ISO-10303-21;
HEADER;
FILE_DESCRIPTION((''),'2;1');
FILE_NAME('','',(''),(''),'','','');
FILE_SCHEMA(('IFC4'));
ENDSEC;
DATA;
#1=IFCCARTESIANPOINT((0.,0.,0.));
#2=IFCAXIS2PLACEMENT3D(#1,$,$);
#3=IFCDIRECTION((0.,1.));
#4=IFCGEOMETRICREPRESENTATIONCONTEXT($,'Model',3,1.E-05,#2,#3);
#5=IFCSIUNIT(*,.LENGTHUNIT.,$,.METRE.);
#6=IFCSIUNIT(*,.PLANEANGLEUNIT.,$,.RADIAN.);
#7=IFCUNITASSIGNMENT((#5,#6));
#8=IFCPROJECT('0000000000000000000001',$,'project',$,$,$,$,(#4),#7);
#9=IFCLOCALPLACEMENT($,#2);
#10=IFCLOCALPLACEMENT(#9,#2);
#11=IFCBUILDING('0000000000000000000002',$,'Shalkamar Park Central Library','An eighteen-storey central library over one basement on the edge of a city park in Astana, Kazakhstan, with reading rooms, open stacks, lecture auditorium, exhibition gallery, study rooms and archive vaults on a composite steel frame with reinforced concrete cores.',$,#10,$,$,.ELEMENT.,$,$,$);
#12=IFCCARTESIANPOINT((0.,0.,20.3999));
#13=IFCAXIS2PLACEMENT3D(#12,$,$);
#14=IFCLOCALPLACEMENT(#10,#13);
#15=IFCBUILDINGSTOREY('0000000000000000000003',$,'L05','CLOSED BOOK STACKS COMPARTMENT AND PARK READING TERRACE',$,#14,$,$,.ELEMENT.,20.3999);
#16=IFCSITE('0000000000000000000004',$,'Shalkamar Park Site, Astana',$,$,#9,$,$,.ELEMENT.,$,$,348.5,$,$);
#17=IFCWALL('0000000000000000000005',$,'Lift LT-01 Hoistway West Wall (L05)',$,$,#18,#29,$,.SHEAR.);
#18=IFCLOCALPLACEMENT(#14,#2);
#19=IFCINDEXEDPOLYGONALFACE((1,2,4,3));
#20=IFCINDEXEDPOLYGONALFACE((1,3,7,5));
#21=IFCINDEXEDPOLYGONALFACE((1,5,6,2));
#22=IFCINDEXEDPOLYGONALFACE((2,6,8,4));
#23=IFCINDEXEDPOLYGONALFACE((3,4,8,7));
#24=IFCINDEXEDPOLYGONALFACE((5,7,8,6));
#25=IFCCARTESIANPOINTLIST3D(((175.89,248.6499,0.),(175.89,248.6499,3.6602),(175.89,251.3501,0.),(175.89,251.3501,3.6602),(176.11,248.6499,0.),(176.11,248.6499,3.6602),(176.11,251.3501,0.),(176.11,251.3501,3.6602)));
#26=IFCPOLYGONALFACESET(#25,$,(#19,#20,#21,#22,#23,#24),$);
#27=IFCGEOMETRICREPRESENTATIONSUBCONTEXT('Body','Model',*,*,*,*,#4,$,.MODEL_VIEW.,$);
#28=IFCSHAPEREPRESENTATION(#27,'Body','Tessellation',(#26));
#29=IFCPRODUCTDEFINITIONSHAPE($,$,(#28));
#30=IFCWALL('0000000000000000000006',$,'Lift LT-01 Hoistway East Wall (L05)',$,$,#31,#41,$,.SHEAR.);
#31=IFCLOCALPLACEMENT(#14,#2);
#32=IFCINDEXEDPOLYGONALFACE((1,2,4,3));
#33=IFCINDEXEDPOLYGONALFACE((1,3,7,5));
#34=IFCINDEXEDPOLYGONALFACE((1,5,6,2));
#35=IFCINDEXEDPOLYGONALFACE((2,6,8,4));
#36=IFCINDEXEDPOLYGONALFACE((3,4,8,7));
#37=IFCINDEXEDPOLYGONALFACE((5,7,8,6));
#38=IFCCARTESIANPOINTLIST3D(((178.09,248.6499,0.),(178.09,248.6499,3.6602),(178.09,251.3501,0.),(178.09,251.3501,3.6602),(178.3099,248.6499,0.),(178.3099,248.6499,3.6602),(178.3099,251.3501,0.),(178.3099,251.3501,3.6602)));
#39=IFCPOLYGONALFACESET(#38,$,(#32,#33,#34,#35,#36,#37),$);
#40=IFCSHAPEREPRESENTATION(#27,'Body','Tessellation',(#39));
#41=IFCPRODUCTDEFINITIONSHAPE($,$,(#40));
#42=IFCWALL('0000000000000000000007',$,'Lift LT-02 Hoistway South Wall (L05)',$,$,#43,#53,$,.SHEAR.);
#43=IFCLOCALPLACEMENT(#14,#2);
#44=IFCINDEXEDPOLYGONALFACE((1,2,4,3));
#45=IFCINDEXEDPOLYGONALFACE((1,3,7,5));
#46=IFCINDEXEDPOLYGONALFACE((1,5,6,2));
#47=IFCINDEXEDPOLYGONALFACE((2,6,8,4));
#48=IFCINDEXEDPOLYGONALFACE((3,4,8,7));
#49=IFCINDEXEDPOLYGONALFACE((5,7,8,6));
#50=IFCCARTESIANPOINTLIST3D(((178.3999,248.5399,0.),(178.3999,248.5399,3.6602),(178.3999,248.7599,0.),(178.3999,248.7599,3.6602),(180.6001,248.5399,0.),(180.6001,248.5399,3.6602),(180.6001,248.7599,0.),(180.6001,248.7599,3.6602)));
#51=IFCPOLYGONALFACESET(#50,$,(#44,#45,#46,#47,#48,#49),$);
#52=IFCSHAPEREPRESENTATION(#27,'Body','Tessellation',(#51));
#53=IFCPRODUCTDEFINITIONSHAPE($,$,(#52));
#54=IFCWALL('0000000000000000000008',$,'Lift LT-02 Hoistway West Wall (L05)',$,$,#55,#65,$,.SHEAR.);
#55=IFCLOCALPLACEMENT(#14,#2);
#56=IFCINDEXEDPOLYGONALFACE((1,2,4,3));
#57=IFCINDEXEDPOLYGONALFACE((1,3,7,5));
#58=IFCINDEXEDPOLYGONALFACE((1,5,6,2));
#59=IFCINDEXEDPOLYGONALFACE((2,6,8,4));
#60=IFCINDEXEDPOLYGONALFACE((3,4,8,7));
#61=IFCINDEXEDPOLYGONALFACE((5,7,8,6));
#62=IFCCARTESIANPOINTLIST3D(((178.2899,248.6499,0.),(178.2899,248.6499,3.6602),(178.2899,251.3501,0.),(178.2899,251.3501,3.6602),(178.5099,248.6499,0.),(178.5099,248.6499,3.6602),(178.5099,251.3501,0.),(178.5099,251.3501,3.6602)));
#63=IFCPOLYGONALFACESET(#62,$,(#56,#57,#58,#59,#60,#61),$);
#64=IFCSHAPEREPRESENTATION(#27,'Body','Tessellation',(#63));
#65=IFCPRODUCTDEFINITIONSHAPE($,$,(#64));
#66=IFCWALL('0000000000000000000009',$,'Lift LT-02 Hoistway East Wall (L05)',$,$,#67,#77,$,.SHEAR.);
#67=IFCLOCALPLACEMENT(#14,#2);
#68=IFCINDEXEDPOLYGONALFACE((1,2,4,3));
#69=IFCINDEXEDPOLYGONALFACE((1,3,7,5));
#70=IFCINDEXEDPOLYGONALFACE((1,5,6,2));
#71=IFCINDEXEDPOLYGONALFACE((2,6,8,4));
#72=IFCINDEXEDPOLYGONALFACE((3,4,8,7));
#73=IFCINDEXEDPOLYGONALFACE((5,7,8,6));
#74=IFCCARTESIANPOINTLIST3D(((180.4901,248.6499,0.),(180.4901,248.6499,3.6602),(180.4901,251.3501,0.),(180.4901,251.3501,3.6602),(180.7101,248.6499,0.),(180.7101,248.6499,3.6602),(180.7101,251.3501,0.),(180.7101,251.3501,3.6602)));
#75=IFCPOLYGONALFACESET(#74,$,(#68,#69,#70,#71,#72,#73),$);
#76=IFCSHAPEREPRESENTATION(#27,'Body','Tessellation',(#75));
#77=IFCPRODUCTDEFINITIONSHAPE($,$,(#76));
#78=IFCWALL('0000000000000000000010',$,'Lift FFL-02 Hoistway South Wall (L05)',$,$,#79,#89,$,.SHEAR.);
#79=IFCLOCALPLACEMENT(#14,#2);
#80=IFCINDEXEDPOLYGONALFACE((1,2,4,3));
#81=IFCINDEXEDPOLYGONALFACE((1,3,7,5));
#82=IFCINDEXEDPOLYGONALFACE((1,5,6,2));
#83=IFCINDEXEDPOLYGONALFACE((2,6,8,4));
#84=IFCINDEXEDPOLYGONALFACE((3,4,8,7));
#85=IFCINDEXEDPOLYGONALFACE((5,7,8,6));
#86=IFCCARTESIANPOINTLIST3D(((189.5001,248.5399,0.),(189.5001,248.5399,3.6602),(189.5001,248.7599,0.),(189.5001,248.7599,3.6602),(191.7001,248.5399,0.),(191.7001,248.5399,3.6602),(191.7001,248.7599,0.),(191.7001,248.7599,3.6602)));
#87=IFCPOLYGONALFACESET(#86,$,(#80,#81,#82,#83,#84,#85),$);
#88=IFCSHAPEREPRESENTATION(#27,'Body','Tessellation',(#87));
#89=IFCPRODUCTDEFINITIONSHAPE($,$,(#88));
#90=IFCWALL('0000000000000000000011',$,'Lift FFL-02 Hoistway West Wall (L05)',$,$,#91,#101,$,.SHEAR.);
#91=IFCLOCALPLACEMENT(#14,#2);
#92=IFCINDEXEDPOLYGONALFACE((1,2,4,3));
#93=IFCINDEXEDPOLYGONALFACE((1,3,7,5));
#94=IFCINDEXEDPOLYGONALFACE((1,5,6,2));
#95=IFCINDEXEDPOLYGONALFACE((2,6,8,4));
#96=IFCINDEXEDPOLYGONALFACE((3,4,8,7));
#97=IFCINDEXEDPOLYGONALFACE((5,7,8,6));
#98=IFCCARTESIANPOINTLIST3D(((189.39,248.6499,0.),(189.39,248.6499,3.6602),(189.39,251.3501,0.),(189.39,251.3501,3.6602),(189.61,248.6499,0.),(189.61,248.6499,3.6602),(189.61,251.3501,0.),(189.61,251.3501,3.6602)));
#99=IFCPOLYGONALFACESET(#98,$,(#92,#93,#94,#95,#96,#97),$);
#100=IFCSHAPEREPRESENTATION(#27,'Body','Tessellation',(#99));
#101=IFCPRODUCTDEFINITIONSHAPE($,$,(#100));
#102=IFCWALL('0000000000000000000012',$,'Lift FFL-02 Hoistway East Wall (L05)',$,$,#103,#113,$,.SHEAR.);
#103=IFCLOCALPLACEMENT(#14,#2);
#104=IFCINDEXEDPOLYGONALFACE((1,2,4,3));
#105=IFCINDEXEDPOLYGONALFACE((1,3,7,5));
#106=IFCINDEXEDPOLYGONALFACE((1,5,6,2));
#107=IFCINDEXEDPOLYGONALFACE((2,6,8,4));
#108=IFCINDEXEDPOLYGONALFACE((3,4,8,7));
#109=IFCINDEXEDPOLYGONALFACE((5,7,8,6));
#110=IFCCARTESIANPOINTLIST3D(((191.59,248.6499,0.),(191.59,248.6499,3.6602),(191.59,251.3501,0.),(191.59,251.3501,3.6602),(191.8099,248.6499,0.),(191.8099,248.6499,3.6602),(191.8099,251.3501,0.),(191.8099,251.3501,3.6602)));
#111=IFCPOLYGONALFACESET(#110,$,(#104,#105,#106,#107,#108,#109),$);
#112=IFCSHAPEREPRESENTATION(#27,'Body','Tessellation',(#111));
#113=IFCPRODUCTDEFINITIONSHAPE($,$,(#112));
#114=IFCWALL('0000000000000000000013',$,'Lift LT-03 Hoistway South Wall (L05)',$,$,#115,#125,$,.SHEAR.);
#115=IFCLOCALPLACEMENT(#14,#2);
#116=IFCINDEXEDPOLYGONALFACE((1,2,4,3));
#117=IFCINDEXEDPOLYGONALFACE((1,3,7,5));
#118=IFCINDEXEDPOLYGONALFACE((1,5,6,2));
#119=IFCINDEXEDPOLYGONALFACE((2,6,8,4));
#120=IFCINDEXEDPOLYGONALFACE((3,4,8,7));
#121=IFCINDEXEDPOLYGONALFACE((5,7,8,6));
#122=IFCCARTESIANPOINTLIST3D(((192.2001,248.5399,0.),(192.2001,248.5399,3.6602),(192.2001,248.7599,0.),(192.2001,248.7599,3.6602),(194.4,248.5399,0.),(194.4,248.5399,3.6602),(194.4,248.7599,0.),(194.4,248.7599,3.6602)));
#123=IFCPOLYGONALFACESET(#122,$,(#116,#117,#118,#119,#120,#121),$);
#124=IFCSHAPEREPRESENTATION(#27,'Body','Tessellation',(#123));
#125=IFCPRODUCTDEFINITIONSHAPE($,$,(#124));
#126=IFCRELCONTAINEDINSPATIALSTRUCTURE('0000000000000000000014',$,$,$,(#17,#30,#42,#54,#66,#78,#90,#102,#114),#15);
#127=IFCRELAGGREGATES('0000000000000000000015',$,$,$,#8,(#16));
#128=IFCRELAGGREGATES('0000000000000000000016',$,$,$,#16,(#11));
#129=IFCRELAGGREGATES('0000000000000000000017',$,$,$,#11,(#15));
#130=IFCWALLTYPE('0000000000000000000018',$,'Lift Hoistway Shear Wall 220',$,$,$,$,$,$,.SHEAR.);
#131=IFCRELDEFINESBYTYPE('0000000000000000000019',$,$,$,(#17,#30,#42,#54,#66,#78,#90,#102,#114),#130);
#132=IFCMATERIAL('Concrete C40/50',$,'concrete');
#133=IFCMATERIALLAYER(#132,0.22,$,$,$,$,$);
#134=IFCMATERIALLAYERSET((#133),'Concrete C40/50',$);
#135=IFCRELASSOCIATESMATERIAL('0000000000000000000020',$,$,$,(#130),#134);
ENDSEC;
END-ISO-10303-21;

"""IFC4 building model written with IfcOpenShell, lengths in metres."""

from ifc_helpers import new_model, si_unit, direction, frame, frame_2d, origin, place, context, subcontext, project, spatial, rectangle, extrude, material, layer, layer_set, type_object, element, save


model = new_model("IFC4")

# Units and contexts
model_context = context("Model", 3, precision=1e-05, world=origin(), true_north=direction((0.0, 1.0)))
body_context = subcontext(model_context, "Body", "Model", "MODEL_VIEW")
ifc_project = project(units=[si_unit("LENGTHUNIT", "METRE"), si_unit("PLANEANGLEUNIT", "RADIAN")], contexts=[model_context])

# Site, building, storey
site_placement = place(None, origin())
site = spatial("IfcSite", under=ifc_project, at=site_placement, Name="Shalkamar Park Site, Astana", CompositionType="ELEMENT", RefElevation=348.5)
building_placement = place(site_placement, origin())
building = spatial("IfcBuilding", under=site, at=building_placement, Name="Shalkamar Park Central Library", Description="An eighteen-storey central library over one basement on the edge of a city park in Astana, Kazakhstan, with reading rooms, open stacks, lecture auditorium, exhibition gallery, study rooms and archive vaults on a composite steel frame with reinforced concrete cores.", CompositionType="ELEMENT")
storey_placement = place(building_placement, frame((0.0, 0.0, 20.3999)))
storey = spatial("IfcBuildingStorey", under=building, at=storey_placement, Name="L05", Description="CLOSED BOOK STACKS COMPARTMENT AND PARK READING TERRACE", CompositionType="ELEMENT", Elevation=20.3999)

# Walls
ifc_material_1 = material(Name="Concrete C40/50", Category="concrete")
ifc_layer_1 = layer(ifc_material_1, 0.22)
ifc_layer_set_1 = layer_set([ifc_layer_1], Name="Concrete C40/50")
wall_type_1 = type_object("IfcWallType", Name="Lift Hoistway Shear Wall 220", PredefinedType="SHEAR", material=ifc_layer_set_1)
for number, where, z_axis, x_axis, name in (
    (1, (176.0, 248.6499, 0.0), (0.0, 0.0, 1.0), (0.0, 1.0, 0.0), "Lift LT-01 Hoistway West Wall (L05)"),
    (2, (178.2, 248.6499, 0.0), (0.0, 0.0, 1.0), (0.0, 1.0, 0.0), "Lift LT-01 Hoistway East Wall (L05)"),
):
    element("IfcWall", number, at=place(storey_placement, frame(where, z_axis=z_axis, x_axis=x_axis)), inside=storey, type_object=wall_type_1, Name=name, PredefinedType="SHEAR", context=body_context, shape_type="SweptSolid", body=[
        extrude(rectangle(XDim=2.7002, YDim=0.22, at=frame_2d((1.3501, 0.0))), origin(), (0.0, 0.0, 1.0), 3.6602),
    ])

# Walls
wall_1_placement = place(storey_placement, frame((178.3999, 248.6499, 0.0), z_axis=(0.0, 0.0, 1.0), x_axis=(1.0, 0.0, 0.0)))
element("IfcWall", 3, at=wall_1_placement, inside=storey, type_object=wall_type_1, Name="Lift LT-02 Hoistway South Wall (L05)", PredefinedType="SHEAR", context=body_context, shape_type="SweptSolid", body=[
    extrude(rectangle(XDim=2.2002, YDim=0.22, at=frame_2d((1.1001, 0.0))), origin(), (0.0, 0.0, 1.0), 3.6602),
])
for number, where, z_axis, x_axis, name in (
    (4, (178.3999, 248.6499, 0.0), (0.0, 0.0, 1.0), (0.0, 1.0, 0.0), "Lift LT-02 Hoistway West Wall (L05)"),
    (5, (180.6001, 248.6499, 0.0), (0.0, 0.0, 1.0), (0.0, 1.0, 0.0), "Lift LT-02 Hoistway East Wall (L05)"),
):
    element("IfcWall", number, at=place(storey_placement, frame(where, z_axis=z_axis, x_axis=x_axis)), inside=storey, type_object=wall_type_1, Name=name, PredefinedType="SHEAR", context=body_context, shape_type="SweptSolid", body=[
        extrude(rectangle(XDim=2.7002, YDim=0.22, at=frame_2d((1.3501, 0.0))), origin(), (0.0, 0.0, 1.0), 3.6602),
    ])

# Walls
wall_2_placement = place(storey_placement, frame((189.5, 248.6499, 0.0), z_axis=(0.0, 0.0, 1.0), x_axis=(1.0, 0.0, 0.0)))
element("IfcWall", 6, at=wall_2_placement, inside=storey, type_object=wall_type_1, Name="Lift FFL-02 Hoistway South Wall (L05)", PredefinedType="SHEAR", context=body_context, shape_type="SweptSolid", body=[
    extrude(rectangle(XDim=2.2, YDim=0.22, at=frame_2d((1.1001, 0.0))), origin(), (0.0, 0.0, 1.0), 3.6602),
])
for number, where, z_axis, x_axis, name in (
    (7, (189.5, 248.6499, 0.0), (0.0, 0.0, 1.0), (0.0, 1.0, 0.0), "Lift FFL-02 Hoistway West Wall (L05)"),
    (8, (191.7, 248.6499, 0.0), (0.0, 0.0, 1.0), (0.0, 1.0, 0.0), "Lift FFL-02 Hoistway East Wall (L05)"),
):
    element("IfcWall", number, at=place(storey_placement, frame(where, z_axis=z_axis, x_axis=x_axis)), inside=storey, type_object=wall_type_1, Name=name, PredefinedType="SHEAR", context=body_context, shape_type="SweptSolid", body=[
        extrude(rectangle(XDim=2.7002, YDim=0.22, at=frame_2d((1.3501, 0.0))), origin(), (0.0, 0.0, 1.0), 3.6602),
    ])

# Wall
wall_3_placement = place(storey_placement, frame((192.2, 248.6499, 0.0), z_axis=(0.0, 0.0, 1.0), x_axis=(1.0, 0.0, 0.0)))
element("IfcWall", 9, at=wall_3_placement, inside=storey, type_object=wall_type_1, Name="Lift LT-03 Hoistway South Wall (L05)", PredefinedType="SHEAR", context=body_context, shape_type="SweptSolid", body=[
    extrude(rectangle(XDim=2.2, YDim=0.22, at=frame_2d((1.1001, 0.0))), origin(), (0.0, 0.0, 1.0), 3.6602),
])

save(model, "model.ifc")
